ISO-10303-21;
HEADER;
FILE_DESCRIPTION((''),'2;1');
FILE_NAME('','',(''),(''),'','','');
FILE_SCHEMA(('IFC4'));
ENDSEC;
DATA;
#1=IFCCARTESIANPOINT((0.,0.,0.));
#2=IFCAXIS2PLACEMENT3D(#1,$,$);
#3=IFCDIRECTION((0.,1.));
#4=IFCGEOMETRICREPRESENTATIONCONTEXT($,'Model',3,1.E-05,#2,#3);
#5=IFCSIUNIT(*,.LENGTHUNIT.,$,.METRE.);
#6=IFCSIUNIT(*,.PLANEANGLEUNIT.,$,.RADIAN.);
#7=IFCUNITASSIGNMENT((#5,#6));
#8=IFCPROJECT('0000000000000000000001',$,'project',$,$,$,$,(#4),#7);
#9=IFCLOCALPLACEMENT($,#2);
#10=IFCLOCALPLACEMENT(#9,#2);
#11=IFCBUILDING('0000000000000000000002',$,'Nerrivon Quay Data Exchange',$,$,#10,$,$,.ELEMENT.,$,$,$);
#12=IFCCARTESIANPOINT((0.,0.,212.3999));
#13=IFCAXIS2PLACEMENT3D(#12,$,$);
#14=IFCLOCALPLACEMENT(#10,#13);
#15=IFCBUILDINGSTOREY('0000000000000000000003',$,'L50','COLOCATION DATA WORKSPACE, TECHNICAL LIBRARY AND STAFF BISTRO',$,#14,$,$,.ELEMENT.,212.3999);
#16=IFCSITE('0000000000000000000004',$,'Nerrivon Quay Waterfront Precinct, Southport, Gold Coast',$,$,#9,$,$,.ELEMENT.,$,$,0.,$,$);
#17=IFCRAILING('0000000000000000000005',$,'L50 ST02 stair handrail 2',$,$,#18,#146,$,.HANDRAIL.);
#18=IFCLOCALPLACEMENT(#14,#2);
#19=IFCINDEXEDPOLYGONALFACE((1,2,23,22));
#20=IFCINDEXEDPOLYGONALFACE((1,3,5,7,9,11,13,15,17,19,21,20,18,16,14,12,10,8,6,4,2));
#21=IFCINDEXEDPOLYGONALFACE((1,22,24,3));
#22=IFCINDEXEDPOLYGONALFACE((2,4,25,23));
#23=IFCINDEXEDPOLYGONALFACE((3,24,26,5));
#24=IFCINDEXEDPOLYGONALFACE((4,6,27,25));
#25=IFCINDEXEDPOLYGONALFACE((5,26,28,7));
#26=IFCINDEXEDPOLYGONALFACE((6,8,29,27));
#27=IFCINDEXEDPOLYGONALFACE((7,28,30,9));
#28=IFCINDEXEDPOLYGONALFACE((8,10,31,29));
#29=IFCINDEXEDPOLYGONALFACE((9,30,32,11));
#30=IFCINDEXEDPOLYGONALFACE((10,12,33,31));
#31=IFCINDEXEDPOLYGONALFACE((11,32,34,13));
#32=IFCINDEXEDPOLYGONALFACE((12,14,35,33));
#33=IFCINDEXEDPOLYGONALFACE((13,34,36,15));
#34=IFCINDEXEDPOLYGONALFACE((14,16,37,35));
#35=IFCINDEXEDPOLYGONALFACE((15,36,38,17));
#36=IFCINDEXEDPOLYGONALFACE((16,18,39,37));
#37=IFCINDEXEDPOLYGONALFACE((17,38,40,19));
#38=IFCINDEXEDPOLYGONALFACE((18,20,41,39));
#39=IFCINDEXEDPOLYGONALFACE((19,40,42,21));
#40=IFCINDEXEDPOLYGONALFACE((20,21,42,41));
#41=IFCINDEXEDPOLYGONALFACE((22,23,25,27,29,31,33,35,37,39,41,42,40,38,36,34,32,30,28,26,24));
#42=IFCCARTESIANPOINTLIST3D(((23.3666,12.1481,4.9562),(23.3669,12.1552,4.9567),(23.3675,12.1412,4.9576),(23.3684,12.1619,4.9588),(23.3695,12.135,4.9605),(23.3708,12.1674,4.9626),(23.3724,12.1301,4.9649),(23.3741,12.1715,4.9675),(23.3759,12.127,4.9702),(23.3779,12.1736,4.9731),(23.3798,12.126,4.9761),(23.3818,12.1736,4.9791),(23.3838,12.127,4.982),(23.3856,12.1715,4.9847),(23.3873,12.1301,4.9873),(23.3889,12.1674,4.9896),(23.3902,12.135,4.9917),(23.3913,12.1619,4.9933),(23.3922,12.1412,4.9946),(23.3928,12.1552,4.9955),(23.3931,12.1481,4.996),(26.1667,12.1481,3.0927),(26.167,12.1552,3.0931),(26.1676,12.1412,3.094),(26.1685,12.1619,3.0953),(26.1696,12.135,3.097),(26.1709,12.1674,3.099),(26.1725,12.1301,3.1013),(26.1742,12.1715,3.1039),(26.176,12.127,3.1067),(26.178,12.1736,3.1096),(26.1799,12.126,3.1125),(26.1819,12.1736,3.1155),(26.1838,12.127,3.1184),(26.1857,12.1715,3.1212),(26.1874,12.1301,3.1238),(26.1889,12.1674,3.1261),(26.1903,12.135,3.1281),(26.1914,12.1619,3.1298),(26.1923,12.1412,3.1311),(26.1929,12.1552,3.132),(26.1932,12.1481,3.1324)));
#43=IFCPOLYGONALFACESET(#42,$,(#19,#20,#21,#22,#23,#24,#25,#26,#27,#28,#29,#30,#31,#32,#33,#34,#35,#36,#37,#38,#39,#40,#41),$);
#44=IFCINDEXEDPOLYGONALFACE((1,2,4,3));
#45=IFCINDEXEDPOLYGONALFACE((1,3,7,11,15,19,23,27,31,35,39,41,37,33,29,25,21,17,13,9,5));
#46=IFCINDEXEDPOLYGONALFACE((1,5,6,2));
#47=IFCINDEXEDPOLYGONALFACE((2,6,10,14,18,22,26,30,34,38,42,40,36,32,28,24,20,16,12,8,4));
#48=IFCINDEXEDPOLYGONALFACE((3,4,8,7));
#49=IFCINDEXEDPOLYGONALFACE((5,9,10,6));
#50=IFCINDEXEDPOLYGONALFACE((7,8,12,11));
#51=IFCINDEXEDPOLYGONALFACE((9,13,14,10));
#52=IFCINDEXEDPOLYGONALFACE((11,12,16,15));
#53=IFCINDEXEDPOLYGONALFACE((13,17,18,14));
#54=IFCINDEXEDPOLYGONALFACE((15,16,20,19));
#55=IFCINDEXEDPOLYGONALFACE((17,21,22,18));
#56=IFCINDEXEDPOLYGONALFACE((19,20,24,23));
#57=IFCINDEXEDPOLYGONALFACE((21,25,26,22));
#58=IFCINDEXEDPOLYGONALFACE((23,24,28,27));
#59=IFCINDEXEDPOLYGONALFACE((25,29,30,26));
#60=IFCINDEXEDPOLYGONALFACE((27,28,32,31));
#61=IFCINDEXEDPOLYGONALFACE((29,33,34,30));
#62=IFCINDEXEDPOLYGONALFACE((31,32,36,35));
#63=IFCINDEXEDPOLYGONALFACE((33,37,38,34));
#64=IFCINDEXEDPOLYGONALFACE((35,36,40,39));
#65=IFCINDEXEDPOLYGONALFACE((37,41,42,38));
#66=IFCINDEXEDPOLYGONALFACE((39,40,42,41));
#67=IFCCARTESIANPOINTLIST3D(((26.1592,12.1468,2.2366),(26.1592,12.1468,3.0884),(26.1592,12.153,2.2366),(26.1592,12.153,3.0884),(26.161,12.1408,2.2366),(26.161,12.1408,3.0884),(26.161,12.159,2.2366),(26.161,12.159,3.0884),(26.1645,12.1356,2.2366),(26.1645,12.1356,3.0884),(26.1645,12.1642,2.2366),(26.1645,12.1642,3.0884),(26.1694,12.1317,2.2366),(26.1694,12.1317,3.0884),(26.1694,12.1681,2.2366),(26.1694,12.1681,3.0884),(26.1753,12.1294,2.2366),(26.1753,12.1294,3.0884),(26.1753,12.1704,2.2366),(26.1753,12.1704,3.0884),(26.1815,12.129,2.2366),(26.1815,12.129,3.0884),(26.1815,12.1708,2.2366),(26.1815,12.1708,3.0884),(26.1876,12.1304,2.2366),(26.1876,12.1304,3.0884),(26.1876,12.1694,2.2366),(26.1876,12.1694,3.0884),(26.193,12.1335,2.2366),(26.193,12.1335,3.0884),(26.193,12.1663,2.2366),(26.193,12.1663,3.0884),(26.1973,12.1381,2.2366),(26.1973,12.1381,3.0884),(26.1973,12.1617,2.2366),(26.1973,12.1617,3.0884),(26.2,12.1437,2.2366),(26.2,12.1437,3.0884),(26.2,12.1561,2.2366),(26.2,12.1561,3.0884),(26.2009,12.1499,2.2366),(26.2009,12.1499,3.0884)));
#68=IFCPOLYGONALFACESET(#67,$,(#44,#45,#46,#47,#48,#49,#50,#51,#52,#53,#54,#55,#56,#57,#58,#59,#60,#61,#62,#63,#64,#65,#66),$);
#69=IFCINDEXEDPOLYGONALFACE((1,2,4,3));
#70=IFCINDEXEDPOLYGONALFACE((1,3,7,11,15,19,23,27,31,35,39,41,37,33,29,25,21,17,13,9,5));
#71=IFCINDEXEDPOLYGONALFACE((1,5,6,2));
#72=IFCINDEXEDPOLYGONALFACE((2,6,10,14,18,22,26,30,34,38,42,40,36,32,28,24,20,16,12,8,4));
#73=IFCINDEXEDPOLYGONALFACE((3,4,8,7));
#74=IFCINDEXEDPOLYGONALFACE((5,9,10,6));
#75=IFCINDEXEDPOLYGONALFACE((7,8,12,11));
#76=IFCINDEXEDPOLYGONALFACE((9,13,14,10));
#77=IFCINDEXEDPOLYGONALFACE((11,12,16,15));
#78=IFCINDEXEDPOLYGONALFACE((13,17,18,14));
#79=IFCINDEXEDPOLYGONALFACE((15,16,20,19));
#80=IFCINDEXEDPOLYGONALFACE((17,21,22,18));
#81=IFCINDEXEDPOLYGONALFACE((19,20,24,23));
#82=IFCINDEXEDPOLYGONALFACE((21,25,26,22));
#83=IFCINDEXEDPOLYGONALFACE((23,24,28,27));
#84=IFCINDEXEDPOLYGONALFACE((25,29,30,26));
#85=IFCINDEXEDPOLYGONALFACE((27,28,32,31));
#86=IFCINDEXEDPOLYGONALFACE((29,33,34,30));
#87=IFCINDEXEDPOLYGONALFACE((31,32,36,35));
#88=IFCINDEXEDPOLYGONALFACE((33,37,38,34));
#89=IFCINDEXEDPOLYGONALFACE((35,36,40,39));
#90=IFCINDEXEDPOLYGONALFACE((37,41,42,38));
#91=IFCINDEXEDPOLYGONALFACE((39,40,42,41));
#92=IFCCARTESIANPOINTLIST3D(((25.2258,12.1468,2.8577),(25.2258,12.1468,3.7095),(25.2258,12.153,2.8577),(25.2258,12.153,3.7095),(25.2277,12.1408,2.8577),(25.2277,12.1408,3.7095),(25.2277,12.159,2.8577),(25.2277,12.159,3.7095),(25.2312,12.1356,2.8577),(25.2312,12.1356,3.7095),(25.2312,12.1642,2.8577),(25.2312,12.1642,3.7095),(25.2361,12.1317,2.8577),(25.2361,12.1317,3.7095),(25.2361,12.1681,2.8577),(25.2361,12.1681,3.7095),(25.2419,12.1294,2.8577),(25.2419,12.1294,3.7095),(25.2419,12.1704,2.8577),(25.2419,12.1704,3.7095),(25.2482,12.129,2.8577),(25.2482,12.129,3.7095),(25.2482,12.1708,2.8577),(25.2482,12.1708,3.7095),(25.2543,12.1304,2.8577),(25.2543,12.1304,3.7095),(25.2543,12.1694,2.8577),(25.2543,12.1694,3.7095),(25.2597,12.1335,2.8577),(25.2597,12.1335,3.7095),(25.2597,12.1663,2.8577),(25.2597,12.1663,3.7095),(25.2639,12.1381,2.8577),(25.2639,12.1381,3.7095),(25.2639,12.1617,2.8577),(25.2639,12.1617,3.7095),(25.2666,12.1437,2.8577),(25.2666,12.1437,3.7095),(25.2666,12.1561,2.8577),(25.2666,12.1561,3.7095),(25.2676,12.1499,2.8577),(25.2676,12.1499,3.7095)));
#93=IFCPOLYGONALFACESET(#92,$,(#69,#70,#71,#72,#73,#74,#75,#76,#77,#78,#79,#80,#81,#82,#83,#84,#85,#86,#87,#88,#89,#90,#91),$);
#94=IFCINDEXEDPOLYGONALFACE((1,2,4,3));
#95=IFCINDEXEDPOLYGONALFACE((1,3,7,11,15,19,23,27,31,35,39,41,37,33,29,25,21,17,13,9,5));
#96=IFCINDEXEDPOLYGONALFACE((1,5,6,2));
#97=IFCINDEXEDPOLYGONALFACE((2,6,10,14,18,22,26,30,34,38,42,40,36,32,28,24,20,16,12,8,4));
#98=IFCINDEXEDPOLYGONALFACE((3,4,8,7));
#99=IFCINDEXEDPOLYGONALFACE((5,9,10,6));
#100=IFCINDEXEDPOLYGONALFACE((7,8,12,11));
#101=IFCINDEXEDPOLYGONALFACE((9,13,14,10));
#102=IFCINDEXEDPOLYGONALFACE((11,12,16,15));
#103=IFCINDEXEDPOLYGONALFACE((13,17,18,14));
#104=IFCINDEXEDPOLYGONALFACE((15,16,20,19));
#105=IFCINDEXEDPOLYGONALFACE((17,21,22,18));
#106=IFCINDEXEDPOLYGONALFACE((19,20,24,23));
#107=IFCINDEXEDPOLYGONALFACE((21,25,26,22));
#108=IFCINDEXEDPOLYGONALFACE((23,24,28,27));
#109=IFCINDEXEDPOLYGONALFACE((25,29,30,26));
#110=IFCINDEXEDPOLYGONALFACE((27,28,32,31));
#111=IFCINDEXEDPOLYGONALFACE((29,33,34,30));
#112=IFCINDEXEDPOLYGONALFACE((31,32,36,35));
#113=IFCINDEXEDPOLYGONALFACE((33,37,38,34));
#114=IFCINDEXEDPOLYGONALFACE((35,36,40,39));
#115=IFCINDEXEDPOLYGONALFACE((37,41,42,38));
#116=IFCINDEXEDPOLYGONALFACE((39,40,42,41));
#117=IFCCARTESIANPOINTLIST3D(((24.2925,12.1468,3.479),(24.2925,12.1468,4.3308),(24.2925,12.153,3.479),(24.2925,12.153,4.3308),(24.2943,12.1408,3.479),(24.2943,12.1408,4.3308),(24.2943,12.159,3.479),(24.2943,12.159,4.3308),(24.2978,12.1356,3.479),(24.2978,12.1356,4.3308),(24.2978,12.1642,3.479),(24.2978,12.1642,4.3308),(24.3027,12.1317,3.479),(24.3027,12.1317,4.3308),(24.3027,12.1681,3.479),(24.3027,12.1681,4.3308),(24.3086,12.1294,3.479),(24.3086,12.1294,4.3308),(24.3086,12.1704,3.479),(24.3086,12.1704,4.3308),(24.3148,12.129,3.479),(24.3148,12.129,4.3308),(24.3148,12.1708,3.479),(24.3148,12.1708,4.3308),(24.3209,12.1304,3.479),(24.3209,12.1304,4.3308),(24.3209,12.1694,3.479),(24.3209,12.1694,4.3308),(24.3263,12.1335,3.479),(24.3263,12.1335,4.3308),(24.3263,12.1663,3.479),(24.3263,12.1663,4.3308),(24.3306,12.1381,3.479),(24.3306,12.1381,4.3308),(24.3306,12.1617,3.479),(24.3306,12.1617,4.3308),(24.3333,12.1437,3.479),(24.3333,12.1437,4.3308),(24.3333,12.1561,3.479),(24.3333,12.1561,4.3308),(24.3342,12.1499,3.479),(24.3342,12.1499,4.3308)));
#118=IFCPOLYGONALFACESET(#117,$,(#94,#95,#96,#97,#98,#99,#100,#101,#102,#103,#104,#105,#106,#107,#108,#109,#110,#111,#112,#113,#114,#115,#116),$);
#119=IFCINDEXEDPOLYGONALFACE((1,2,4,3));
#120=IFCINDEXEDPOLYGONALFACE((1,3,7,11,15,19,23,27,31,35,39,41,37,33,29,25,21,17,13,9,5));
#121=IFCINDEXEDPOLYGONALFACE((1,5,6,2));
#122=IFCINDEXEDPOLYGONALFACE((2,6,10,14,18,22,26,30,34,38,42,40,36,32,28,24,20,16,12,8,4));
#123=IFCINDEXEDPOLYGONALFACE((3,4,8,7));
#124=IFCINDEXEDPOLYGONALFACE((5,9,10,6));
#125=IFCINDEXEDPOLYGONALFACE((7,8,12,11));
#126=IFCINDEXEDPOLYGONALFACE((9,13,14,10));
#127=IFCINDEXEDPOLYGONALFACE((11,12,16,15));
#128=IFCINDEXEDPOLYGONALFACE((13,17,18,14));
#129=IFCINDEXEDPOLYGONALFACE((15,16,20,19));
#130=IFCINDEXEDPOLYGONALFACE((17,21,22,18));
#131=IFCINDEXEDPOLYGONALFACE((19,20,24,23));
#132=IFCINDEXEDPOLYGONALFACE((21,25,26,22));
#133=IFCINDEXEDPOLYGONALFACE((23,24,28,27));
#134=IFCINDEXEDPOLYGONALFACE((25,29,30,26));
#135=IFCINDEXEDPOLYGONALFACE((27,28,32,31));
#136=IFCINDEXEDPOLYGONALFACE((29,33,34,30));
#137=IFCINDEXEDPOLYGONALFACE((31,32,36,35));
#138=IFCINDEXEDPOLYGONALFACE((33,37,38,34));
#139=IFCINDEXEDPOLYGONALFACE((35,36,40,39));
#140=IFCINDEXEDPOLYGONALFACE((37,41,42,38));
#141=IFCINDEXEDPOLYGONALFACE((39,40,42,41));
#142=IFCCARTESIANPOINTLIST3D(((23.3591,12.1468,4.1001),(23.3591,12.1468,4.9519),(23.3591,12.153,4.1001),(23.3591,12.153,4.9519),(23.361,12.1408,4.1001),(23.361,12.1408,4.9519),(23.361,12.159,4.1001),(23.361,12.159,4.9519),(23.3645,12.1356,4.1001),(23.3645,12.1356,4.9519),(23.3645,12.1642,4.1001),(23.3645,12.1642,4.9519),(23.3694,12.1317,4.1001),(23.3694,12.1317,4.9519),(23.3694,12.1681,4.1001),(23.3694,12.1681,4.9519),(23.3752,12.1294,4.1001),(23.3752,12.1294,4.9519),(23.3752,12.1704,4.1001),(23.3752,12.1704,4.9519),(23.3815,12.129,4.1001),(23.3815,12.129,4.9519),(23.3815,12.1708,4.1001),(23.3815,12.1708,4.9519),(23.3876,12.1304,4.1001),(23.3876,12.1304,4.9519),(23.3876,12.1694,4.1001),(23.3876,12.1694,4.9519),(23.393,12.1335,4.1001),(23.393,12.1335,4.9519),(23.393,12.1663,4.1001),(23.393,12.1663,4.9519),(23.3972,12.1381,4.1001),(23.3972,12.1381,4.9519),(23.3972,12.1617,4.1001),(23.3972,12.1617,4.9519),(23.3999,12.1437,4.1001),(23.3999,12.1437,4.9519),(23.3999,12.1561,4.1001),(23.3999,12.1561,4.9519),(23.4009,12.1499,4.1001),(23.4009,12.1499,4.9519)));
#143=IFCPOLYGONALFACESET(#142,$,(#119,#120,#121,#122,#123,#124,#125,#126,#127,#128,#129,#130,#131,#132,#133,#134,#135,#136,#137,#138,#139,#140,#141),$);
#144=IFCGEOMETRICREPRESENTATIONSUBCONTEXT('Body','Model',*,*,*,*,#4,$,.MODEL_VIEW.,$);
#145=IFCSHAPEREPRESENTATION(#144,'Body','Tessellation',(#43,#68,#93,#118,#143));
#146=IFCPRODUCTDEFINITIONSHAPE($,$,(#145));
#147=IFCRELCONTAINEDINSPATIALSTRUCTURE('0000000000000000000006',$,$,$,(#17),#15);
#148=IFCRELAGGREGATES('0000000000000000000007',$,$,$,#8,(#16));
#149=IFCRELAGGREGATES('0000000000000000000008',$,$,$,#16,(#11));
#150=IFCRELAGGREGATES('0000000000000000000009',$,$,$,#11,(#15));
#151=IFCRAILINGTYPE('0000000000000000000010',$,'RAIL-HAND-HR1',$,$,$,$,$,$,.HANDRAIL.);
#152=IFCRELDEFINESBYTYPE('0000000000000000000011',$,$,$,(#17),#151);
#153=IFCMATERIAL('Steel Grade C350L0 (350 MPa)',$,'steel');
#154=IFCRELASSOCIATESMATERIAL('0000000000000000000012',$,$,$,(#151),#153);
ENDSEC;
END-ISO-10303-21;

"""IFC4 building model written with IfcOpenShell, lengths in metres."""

from ifc_helpers import new_model, si_unit, direction, frame, origin, origin_2d, place, context, subcontext, project, spatial, circle, extrude, material, type_object, element, save


model = new_model("IFC4")

# Units and contexts
model_context = context("Model", 3, precision=1e-05, world=origin(), true_north=direction((0.0, 1.0)))
body_context = subcontext(model_context, "Body", "Model", "MODEL_VIEW")
ifc_project = project(units=[si_unit("LENGTHUNIT", "METRE"), si_unit("PLANEANGLEUNIT", "RADIAN")], contexts=[model_context])

# Site, building, storey
site_placement = place(None, origin())
site = spatial("IfcSite", under=ifc_project, at=site_placement, Name="Nerrivon Quay Waterfront Precinct, Southport, Gold Coast", CompositionType="ELEMENT", RefElevation=0.0)
building_placement = place(site_placement, origin())
building = spatial("IfcBuilding", under=site, at=building_placement, Name="Nerrivon Quay Data Exchange", CompositionType="ELEMENT")
storey_placement = place(building_placement, frame((0.0, 0.0, 212.3999)))
storey = spatial("IfcBuildingStorey", under=building, at=storey_placement, Name="L50", Description="COLOCATION DATA WORKSPACE, TECHNICAL LIBRARY AND STAFF BISTRO", CompositionType="ELEMENT", Elevation=212.3999)

# Shared definitions
ifc_material_1 = material(Name="Steel Grade C350L0 (350 MPa)", Category="steel")

# Railing
railing_type_1 = type_object("IfcRailingType", Name="RAIL-HAND-HR1", PredefinedType="HANDRAIL", material=ifc_material_1)
railing_1_placement = place(storey_placement, frame((26.1799, 12.1499, 2.2366)))
element("IfcRailing", 1, at=railing_1_placement, inside=storey, type_object=railing_type_1, Name="L50 ST02 stair handrail 2", PredefinedType="HANDRAIL", context=body_context, shape_type="SweptSolid", body=[
    extrude(circle(Radius=0.0239, at=origin_2d()), frame((0.0, 0.0, 0.876), z_axis=(-0.832486, 0.0, 0.554047), x_axis=(0.0, -1.0, 0.0)), (0.0, 0.0, 1.0), 3.3635),
    extrude(circle(Radius=0.021, at=origin_2d()), origin(), (0.0, 0.0, 1.0), 0.8518),
    extrude(circle(Radius=0.021, at=origin_2d()), frame((-0.9333, 0.0, 0.6211)), (0.0, 0.0, 1.0), 0.8518),
    extrude(circle(Radius=0.021, at=origin_2d()), frame((-1.8667, 0.0, 1.2424)), (0.0, 0.0, 1.0), 0.8518),
    extrude(circle(Radius=0.021, at=origin_2d()), frame((-2.8, 0.0, 1.8635)), (0.0, 0.0, 1.0), 0.8518),
])

save(model, "model.ifc")
